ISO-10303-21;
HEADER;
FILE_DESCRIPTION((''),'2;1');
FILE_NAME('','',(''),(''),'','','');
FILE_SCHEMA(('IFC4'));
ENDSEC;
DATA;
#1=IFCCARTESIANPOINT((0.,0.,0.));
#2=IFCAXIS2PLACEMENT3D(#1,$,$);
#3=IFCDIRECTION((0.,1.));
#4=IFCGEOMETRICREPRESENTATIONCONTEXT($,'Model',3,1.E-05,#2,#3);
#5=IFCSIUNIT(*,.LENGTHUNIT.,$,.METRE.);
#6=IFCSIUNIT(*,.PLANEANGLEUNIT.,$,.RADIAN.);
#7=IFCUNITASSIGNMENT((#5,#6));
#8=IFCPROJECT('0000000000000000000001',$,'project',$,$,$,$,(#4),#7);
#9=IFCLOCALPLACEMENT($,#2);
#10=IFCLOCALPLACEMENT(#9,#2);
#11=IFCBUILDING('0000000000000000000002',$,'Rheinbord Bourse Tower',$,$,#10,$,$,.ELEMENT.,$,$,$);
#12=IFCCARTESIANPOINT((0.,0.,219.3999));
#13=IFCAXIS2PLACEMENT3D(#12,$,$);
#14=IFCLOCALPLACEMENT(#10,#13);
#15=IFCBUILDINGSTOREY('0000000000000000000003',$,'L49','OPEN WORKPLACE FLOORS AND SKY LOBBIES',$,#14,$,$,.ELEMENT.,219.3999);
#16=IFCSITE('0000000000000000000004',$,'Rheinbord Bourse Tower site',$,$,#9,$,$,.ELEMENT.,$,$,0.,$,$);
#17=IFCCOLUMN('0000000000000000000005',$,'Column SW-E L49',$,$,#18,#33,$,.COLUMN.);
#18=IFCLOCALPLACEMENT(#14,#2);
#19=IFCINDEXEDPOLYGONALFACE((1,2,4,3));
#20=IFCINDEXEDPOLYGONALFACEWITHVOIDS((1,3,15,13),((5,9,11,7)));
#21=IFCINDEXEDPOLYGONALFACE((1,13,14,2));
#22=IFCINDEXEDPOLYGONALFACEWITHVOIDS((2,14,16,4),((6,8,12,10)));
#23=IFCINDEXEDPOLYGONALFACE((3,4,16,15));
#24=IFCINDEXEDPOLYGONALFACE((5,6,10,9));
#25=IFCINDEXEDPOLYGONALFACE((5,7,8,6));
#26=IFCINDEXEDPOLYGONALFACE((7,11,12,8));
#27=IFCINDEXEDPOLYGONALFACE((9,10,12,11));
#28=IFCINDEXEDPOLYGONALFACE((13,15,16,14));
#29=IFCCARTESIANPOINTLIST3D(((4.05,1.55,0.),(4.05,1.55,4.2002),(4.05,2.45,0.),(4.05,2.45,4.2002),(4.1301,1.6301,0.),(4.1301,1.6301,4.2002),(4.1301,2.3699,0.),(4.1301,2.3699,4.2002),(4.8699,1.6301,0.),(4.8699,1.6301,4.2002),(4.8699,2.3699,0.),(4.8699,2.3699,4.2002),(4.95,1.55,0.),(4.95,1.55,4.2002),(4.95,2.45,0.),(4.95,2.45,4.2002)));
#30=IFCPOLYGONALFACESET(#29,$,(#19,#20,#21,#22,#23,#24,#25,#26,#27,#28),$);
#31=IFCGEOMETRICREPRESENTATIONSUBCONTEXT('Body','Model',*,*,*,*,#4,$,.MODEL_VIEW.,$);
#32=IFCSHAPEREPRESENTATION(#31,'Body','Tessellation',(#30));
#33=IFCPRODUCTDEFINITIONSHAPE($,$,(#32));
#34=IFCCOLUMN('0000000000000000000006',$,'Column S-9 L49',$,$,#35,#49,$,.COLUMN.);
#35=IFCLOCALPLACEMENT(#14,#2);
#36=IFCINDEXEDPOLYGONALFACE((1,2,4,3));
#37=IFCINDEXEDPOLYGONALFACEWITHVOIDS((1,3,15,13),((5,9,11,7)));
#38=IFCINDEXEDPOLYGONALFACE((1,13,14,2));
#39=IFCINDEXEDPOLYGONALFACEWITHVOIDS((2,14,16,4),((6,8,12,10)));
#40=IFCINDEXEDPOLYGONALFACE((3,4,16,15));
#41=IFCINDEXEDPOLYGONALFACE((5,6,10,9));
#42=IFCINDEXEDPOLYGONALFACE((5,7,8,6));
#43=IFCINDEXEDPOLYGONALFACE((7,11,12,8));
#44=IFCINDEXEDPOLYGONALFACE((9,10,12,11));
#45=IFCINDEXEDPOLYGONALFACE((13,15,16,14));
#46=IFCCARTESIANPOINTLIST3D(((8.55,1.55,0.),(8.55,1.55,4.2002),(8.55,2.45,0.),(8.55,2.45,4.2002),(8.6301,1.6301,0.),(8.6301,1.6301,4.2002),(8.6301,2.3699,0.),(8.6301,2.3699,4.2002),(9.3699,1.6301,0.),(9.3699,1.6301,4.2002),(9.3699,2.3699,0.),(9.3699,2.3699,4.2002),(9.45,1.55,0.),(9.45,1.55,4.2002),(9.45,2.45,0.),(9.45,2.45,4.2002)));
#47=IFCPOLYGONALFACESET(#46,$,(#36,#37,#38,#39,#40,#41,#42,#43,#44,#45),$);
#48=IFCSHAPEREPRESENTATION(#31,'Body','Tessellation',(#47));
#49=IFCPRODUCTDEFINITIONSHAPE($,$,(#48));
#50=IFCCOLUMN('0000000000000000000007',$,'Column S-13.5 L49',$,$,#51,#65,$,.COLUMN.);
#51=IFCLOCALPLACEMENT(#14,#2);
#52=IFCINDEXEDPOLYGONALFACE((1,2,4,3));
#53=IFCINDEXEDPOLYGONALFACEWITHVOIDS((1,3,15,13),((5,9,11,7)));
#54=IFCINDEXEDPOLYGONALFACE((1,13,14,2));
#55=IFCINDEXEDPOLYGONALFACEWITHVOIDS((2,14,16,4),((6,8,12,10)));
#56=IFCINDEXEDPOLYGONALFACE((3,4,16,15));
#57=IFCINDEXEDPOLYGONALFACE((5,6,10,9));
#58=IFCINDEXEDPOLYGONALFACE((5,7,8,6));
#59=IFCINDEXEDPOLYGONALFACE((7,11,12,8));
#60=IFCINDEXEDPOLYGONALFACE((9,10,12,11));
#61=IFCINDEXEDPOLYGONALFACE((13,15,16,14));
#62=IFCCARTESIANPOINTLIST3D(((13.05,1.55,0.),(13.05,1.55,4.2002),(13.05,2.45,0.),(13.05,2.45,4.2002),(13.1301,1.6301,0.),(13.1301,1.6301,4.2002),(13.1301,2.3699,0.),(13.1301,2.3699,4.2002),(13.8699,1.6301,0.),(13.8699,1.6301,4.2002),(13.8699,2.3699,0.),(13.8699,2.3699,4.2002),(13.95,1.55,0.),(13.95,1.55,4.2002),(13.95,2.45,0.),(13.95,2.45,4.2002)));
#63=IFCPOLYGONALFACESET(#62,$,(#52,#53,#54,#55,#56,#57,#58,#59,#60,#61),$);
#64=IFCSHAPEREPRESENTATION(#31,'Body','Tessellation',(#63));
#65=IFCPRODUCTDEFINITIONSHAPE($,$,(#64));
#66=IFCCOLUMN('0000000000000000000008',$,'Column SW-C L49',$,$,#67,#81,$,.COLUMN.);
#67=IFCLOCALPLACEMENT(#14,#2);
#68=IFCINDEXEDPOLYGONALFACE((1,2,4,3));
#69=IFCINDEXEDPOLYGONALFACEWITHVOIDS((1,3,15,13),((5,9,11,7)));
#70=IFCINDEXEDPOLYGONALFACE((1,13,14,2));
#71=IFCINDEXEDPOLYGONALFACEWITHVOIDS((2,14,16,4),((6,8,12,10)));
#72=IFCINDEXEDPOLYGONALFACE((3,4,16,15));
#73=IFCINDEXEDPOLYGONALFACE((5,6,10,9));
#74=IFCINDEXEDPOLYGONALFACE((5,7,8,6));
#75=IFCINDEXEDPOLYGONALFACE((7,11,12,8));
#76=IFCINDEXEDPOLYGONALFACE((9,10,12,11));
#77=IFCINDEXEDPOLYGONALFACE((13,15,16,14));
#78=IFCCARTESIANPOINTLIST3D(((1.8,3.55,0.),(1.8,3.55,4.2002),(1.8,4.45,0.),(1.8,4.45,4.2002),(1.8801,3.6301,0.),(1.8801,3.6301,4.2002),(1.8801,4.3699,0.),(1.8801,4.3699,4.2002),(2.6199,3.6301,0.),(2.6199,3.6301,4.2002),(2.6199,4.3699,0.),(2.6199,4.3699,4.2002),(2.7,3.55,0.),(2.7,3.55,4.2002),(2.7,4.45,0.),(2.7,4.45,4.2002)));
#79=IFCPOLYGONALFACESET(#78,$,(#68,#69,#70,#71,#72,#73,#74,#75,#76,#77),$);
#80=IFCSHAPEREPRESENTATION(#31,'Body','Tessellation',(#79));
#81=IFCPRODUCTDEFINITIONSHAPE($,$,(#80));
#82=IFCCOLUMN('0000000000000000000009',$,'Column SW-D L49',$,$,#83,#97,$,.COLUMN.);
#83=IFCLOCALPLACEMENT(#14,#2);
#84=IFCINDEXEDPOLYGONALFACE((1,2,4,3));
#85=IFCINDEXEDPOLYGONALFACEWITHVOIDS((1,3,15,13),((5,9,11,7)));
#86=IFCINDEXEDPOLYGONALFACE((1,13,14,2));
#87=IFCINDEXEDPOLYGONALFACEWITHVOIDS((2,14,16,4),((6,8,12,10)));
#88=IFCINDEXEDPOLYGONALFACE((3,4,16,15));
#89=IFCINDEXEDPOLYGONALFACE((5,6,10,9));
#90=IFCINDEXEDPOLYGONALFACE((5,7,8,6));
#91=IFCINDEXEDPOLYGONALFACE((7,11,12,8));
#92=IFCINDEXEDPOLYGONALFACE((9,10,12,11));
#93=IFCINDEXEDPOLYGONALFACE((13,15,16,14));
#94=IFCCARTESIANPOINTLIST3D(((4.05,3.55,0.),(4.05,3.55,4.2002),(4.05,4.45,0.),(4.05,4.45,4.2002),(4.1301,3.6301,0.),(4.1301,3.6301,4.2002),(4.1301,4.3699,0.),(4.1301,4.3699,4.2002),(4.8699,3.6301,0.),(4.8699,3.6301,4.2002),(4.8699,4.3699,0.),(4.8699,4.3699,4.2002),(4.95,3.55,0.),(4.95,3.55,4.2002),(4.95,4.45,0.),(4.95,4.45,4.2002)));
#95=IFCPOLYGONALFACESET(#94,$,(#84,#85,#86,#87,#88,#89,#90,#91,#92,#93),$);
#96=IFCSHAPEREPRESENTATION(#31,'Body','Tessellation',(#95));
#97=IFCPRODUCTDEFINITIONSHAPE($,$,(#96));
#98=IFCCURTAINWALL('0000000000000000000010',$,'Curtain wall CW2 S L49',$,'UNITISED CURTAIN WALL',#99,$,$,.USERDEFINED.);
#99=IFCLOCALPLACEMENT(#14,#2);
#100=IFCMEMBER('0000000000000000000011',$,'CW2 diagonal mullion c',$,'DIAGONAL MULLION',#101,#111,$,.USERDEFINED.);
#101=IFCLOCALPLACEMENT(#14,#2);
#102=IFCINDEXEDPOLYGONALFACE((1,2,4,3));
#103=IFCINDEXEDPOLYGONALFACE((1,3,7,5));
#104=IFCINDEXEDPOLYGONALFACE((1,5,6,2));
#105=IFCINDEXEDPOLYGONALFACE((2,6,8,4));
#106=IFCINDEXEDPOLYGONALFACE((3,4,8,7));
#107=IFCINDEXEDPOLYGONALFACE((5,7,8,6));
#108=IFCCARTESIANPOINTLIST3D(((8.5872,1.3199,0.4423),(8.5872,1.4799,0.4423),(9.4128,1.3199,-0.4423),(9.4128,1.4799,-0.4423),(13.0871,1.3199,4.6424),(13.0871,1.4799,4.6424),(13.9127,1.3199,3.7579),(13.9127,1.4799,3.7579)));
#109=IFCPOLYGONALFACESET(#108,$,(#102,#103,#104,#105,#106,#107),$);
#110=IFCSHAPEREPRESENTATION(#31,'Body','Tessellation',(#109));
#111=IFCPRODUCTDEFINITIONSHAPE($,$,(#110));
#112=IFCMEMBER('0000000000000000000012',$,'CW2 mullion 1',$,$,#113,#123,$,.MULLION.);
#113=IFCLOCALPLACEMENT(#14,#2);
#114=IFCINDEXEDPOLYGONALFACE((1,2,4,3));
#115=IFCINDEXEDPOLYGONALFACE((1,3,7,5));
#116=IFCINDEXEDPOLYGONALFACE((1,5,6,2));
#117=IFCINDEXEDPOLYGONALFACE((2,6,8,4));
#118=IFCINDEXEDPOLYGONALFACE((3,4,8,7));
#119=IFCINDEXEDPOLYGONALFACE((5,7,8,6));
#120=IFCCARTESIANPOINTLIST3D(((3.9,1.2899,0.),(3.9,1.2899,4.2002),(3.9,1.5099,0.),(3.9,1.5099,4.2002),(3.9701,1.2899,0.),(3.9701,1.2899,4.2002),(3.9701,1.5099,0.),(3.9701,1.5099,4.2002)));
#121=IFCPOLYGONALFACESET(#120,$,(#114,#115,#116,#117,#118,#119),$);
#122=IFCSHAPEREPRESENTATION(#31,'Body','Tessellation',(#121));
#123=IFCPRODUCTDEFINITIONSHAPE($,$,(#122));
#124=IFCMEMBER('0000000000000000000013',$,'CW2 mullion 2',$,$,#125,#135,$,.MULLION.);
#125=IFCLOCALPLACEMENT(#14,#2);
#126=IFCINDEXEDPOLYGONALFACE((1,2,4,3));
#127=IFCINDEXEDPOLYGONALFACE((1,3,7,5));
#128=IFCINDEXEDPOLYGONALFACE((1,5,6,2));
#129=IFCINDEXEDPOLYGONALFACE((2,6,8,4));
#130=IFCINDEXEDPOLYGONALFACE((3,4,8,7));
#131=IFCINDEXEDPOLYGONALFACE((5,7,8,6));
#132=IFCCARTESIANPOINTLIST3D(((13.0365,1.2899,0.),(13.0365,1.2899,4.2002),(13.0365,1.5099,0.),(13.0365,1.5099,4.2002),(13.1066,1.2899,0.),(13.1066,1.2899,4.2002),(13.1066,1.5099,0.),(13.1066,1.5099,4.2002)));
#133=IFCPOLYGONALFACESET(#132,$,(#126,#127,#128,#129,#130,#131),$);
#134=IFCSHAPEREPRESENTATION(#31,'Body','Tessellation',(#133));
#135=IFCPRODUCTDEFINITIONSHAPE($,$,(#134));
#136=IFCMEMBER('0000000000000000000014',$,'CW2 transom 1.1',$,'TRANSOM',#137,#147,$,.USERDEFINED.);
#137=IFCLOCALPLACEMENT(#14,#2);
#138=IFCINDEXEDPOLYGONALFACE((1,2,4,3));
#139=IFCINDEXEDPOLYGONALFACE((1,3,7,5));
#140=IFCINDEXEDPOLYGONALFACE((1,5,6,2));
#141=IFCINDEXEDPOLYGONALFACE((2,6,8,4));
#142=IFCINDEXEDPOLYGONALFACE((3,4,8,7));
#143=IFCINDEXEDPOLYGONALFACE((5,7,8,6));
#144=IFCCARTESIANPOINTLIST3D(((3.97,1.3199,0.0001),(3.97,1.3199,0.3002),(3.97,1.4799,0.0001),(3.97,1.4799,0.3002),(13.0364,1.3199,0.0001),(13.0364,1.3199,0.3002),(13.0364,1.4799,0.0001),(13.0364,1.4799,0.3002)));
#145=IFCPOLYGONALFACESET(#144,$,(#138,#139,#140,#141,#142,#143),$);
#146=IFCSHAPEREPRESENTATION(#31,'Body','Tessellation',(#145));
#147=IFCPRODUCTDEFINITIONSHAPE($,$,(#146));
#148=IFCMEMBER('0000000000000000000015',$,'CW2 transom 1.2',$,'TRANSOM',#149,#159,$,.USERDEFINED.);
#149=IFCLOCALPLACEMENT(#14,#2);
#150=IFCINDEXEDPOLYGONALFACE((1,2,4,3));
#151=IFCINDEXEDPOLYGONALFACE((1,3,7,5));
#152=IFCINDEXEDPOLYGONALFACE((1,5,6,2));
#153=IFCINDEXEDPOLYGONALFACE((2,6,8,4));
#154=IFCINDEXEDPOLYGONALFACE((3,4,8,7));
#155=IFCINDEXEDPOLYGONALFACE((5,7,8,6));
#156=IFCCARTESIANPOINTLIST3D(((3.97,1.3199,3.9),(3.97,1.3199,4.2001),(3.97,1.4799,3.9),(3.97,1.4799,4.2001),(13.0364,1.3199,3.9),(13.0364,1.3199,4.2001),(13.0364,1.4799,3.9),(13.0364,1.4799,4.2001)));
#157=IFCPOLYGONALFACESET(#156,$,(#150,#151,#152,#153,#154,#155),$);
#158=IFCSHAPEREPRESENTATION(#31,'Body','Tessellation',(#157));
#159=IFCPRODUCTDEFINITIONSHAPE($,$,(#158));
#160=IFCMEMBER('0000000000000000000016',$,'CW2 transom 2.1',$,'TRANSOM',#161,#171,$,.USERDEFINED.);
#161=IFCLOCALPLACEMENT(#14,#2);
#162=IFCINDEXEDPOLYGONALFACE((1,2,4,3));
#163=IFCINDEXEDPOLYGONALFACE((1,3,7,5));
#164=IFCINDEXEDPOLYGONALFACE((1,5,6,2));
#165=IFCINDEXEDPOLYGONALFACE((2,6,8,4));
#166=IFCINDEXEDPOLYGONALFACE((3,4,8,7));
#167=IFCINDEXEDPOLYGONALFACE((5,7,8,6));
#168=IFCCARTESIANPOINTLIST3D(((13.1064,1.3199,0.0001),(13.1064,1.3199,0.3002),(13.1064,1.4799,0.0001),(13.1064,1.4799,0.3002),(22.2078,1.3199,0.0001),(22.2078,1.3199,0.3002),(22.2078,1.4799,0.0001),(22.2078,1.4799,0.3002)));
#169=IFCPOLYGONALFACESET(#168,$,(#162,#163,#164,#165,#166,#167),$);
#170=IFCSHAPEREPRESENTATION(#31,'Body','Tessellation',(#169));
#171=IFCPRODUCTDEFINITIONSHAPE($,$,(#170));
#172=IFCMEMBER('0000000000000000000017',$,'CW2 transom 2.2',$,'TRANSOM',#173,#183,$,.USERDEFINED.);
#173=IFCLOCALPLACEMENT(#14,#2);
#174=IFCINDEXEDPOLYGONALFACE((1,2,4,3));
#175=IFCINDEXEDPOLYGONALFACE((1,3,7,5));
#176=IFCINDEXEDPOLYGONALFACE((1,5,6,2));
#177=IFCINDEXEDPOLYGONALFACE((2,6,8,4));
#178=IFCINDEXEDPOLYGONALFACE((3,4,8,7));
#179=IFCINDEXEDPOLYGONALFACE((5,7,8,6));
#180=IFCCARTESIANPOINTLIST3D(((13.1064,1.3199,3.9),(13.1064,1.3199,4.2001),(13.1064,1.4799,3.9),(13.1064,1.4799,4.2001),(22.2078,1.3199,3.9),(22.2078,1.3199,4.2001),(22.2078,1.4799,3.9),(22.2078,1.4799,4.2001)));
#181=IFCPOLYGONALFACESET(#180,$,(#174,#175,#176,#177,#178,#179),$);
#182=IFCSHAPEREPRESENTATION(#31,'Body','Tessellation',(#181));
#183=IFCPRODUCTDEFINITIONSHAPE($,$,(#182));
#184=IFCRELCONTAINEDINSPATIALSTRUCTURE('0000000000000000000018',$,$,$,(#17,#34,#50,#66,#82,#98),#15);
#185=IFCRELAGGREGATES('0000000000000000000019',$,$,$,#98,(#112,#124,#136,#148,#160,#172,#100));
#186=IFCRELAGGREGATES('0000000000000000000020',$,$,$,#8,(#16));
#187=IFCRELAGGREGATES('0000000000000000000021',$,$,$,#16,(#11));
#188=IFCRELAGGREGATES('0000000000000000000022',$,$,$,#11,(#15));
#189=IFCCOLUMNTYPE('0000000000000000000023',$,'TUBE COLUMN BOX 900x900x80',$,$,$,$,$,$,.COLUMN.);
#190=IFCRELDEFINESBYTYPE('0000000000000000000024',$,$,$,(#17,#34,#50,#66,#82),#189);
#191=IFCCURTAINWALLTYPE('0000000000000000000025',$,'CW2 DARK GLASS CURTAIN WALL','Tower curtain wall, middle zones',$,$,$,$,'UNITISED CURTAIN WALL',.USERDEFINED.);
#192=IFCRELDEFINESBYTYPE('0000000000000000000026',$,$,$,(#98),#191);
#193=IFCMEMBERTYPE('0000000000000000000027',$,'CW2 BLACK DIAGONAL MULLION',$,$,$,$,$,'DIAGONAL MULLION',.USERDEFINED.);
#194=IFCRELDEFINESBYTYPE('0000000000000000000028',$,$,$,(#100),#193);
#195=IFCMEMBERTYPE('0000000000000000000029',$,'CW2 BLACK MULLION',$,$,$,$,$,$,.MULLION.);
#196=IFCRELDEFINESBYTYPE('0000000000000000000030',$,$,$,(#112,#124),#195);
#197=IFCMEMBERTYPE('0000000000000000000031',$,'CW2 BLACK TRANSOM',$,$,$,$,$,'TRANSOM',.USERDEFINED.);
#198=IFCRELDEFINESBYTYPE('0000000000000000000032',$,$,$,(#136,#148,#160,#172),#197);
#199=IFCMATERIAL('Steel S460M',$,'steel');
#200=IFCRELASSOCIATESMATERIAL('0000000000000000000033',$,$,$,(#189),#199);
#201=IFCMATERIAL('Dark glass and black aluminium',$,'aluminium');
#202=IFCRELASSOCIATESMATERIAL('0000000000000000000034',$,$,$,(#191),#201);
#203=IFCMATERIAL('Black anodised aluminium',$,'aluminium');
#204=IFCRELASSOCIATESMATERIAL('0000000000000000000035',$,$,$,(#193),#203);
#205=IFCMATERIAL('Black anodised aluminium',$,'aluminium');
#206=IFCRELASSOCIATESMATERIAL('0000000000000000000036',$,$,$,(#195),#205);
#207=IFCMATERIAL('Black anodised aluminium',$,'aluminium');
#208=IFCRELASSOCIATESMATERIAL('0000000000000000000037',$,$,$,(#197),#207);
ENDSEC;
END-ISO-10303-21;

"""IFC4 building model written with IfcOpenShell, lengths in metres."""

from ifc_helpers import new_model, si_unit, direction, frame, origin, origin_2d, place, context, subcontext, project, spatial, rectangle, hollow_rectangle, extrude, material, material_profile, profile_set, type_object, element, aggregate, save


model = new_model("IFC4")

# Units and contexts
model_context = context("Model", 3, precision=1e-05, world=origin(), true_north=direction((0.0, 1.0)))
body_context = subcontext(model_context, "Body", "Model", "MODEL_VIEW")
ifc_project = project(units=[si_unit("LENGTHUNIT", "METRE"), si_unit("PLANEANGLEUNIT", "RADIAN")], contexts=[model_context])

# Site, building, storey
site_placement = place(None, origin())
site = spatial("IfcSite", under=ifc_project, at=site_placement, Name="Rheinbord Bourse Tower site", CompositionType="ELEMENT", RefElevation=0.0)
building_placement = place(site_placement, origin())
building = spatial("IfcBuilding", under=site, at=building_placement, Name="Rheinbord Bourse Tower", CompositionType="ELEMENT")
storey_placement = place(building_placement, frame((0.0, 0.0, 219.3999)))
storey = spatial("IfcBuildingStorey", under=building, at=storey_placement, Name="L49", Description="OPEN WORKPLACE FLOORS AND SKY LOBBIES", CompositionType="ELEMENT", Elevation=219.3999)

# Columns
ifc_material_1 = material(Name="Steel S460M", Category="steel")
ifc_material_profile_1 = material_profile(ifc_material_1, hollow_rectangle(XDim=0.8999, YDim=0.8999, WallThickness=0.0801, at=origin_2d()), Name="BOX 900x900x80")
ifc_profile_set_1 = profile_set([ifc_material_profile_1], Name="Steel S460M")
column_type = type_object("IfcColumnType", Name="TUBE COLUMN BOX 900x900x80", PredefinedType="COLUMN", material=ifc_profile_set_1)
for number, where, z_axis, x_axis, name in (
    (1, (4.5, 2.0, 0.0), (0.0, 0.0, 1.0), (0.0, 1.0, 0.0), "Column SW-E L49"),
    (2, (9.0, 2.0, 0.0), (0.0, 0.0, 1.0), (0.0, 1.0, 0.0), "Column S-9 L49"),
    (3, (13.5, 2.0, 0.0), (0.0, 0.0, 1.0), (0.0, 1.0, 0.0), "Column S-13.5 L49"),
    (4, (2.25, 4.0, 0.0), (0.0, 0.0, 1.0), (1.0, 0.0, 0.0), "Column SW-C L49"),
    (5, (4.5, 4.0, 0.0), (0.0, 0.0, 1.0), (0.0, 1.0, 0.0), "Column SW-D L49"),
):
    element("IfcColumn", number, at=place(storey_placement, frame(where, z_axis=z_axis, x_axis=x_axis)), inside=storey, type_object=column_type, Name=name, PredefinedType="COLUMN", context=body_context, shape_type="SweptSolid", body=[
        extrude(hollow_rectangle(XDim=0.8999, YDim=0.8999, WallThickness=0.0801, at=origin_2d()), origin(), (0.0, 0.0, 1.0), 4.2002),
    ])

# Curtain wall, members
ifc_material_2 = material(Name="Dark glass and black aluminium", Category="aluminium")
curtain_wall_type = type_object("IfcCurtainWallType", Name="CW2 DARK GLASS CURTAIN WALL", Description="Tower curtain wall, middle zones", ElementType="UNITISED CURTAIN WALL", PredefinedType="USERDEFINED", material=ifc_material_2)
curtain_wall_placement = place(storey_placement, origin())
curtain_wall = element("IfcCurtainWall", 6, at=curtain_wall_placement, inside=storey, type_object=curtain_wall_type, Name="Curtain wall CW2 S L49", ObjectType="UNITISED CURTAIN WALL", PredefinedType="USERDEFINED")
ifc_material_3 = material(Name="Black anodised aluminium", Category="aluminium")
ifc_material_profile_2 = material_profile(ifc_material_3, rectangle(XDim=0.1599, YDim=1.21, at=origin_2d()), Name="CW2 DIAGONAL MULLION 1210x160")
ifc_profile_set_2 = profile_set([ifc_material_profile_2], Name="Black anodised aluminium")
member_type_1 = type_object("IfcMemberType", Name="CW2 BLACK DIAGONAL MULLION", ElementType="DIAGONAL MULLION", PredefinedType="USERDEFINED", material=ifc_profile_set_2)
member_1_placement = place(storey_placement, frame((9.0, 1.3999, 0.0), z_axis=(0.731039, 0.0, 0.682335), x_axis=(0.0, 1.0, 0.0)))
member_1 = element("IfcMember", 7, at=member_1_placement, type_object=member_type_1, Name="CW2 diagonal mullion c", ObjectType="DIAGONAL MULLION", PredefinedType="USERDEFINED", context=body_context, shape_type="SweptSolid", body=[
    extrude(rectangle(XDim=0.1599, YDim=1.21, at=origin_2d()), origin(), (0.0, 0.0, 1.0), 6.1555),
])
ifc_material_4 = material(Name="Black anodised aluminium", Category="aluminium")
ifc_material_profile_3 = material_profile(ifc_material_4, rectangle(XDim=0.22, YDim=0.0701, at=origin_2d()), Name="CW2 MULLION 70x220")
ifc_profile_set_3 = profile_set([ifc_material_profile_3], Name="Black anodised aluminium")
member_type_2 = type_object("IfcMemberType", Name="CW2 BLACK MULLION", PredefinedType="MULLION", material=ifc_profile_set_3)
member_2_placement = place(storey_placement, frame((3.9351, 1.3999, 0.0), z_axis=(0.0, 0.0, 1.0), x_axis=(0.0, 1.0, 0.0)))
member_2 = element("IfcMember", 8, at=member_2_placement, type_object=member_type_2, Name="CW2 mullion 1", PredefinedType="MULLION", context=body_context, shape_type="SweptSolid", body=[
    extrude(rectangle(XDim=0.22, YDim=0.0701, at=origin_2d()), origin(), (0.0, 0.0, 1.0), 4.2002),
])
member_3_placement = place(storey_placement, frame((13.0715, 1.3999, 0.0), z_axis=(0.0, 0.0, 1.0), x_axis=(0.0, 1.0, 0.0)))
member_3 = element("IfcMember", 9, at=member_3_placement, type_object=member_type_2, Name="CW2 mullion 2", PredefinedType="MULLION", context=body_context, shape_type="SweptSolid", body=[
    extrude(rectangle(XDim=0.22, YDim=0.0701, at=origin_2d()), origin(), (0.0, 0.0, 1.0), 4.2002),
])
ifc_material_5 = material(Name="Black anodised aluminium", Category="aluminium")
ifc_material_profile_4 = material_profile(ifc_material_5, rectangle(XDim=0.1599, YDim=0.3, at=origin_2d()), Name="CW2 TRANSOM 300x160")
ifc_profile_set_4 = profile_set([ifc_material_profile_4], Name="Black anodised aluminium")
member_type_3 = type_object("IfcMemberType", Name="CW2 BLACK TRANSOM", ElementType="TRANSOM", PredefinedType="USERDEFINED", material=ifc_profile_set_4)
member_4_placement = place(storey_placement, frame((3.97, 1.3999, 0.1501), z_axis=(1.0, 0.0, 0.0), x_axis=(0.0, 1.0, 0.0)))
member_4 = element("IfcMember", 10, at=member_4_placement, type_object=member_type_3, Name="CW2 transom 1.1", ObjectType="TRANSOM", PredefinedType="USERDEFINED", context=body_context, shape_type="SweptSolid", body=[
    extrude(rectangle(XDim=0.1599, YDim=0.3, at=origin_2d()), origin(), (0.0, 0.0, 1.0), 9.0664),
])
member_5_placement = place(storey_placement, frame((3.97, 1.3999, 4.05), z_axis=(1.0, 0.0, 0.0), x_axis=(0.0, 1.0, 0.0)))
member_5 = element("IfcMember", 11, at=member_5_placement, type_object=member_type_3, Name="CW2 transom 1.2", ObjectType="TRANSOM", PredefinedType="USERDEFINED", context=body_context, shape_type="SweptSolid", body=[
    extrude(rectangle(XDim=0.1599, YDim=0.3, at=origin_2d()), origin(), (0.0, 0.0, 1.0), 9.0664),
])
member_6_placement = place(storey_placement, frame((13.1064, 1.3999, 0.1501), z_axis=(1.0, 0.0, 0.0), x_axis=(0.0, 1.0, 0.0)))
member_6 = element("IfcMember", 12, at=member_6_placement, type_object=member_type_3, Name="CW2 transom 2.1", ObjectType="TRANSOM", PredefinedType="USERDEFINED", context=body_context, shape_type="SweptSolid", body=[
    extrude(rectangle(XDim=0.1599, YDim=0.3, at=origin_2d()), origin(), (0.0, 0.0, 1.0), 9.1013),
])
member_7_placement = place(storey_placement, frame((13.1064, 1.3999, 4.05), z_axis=(1.0, 0.0, 0.0), x_axis=(0.0, 1.0, 0.0)))
member_7 = element("IfcMember", 13, at=member_7_placement, type_object=member_type_3, Name="CW2 transom 2.2", ObjectType="TRANSOM", PredefinedType="USERDEFINED", context=body_context, shape_type="SweptSolid", body=[
    extrude(rectangle(XDim=0.1599, YDim=0.3, at=origin_2d()), origin(), (0.0, 0.0, 1.0), 9.1013),
])

aggregate(curtain_wall, [member_2, member_3, member_4, member_5, member_6, member_7, member_1])

save(model, "model.ifc")
